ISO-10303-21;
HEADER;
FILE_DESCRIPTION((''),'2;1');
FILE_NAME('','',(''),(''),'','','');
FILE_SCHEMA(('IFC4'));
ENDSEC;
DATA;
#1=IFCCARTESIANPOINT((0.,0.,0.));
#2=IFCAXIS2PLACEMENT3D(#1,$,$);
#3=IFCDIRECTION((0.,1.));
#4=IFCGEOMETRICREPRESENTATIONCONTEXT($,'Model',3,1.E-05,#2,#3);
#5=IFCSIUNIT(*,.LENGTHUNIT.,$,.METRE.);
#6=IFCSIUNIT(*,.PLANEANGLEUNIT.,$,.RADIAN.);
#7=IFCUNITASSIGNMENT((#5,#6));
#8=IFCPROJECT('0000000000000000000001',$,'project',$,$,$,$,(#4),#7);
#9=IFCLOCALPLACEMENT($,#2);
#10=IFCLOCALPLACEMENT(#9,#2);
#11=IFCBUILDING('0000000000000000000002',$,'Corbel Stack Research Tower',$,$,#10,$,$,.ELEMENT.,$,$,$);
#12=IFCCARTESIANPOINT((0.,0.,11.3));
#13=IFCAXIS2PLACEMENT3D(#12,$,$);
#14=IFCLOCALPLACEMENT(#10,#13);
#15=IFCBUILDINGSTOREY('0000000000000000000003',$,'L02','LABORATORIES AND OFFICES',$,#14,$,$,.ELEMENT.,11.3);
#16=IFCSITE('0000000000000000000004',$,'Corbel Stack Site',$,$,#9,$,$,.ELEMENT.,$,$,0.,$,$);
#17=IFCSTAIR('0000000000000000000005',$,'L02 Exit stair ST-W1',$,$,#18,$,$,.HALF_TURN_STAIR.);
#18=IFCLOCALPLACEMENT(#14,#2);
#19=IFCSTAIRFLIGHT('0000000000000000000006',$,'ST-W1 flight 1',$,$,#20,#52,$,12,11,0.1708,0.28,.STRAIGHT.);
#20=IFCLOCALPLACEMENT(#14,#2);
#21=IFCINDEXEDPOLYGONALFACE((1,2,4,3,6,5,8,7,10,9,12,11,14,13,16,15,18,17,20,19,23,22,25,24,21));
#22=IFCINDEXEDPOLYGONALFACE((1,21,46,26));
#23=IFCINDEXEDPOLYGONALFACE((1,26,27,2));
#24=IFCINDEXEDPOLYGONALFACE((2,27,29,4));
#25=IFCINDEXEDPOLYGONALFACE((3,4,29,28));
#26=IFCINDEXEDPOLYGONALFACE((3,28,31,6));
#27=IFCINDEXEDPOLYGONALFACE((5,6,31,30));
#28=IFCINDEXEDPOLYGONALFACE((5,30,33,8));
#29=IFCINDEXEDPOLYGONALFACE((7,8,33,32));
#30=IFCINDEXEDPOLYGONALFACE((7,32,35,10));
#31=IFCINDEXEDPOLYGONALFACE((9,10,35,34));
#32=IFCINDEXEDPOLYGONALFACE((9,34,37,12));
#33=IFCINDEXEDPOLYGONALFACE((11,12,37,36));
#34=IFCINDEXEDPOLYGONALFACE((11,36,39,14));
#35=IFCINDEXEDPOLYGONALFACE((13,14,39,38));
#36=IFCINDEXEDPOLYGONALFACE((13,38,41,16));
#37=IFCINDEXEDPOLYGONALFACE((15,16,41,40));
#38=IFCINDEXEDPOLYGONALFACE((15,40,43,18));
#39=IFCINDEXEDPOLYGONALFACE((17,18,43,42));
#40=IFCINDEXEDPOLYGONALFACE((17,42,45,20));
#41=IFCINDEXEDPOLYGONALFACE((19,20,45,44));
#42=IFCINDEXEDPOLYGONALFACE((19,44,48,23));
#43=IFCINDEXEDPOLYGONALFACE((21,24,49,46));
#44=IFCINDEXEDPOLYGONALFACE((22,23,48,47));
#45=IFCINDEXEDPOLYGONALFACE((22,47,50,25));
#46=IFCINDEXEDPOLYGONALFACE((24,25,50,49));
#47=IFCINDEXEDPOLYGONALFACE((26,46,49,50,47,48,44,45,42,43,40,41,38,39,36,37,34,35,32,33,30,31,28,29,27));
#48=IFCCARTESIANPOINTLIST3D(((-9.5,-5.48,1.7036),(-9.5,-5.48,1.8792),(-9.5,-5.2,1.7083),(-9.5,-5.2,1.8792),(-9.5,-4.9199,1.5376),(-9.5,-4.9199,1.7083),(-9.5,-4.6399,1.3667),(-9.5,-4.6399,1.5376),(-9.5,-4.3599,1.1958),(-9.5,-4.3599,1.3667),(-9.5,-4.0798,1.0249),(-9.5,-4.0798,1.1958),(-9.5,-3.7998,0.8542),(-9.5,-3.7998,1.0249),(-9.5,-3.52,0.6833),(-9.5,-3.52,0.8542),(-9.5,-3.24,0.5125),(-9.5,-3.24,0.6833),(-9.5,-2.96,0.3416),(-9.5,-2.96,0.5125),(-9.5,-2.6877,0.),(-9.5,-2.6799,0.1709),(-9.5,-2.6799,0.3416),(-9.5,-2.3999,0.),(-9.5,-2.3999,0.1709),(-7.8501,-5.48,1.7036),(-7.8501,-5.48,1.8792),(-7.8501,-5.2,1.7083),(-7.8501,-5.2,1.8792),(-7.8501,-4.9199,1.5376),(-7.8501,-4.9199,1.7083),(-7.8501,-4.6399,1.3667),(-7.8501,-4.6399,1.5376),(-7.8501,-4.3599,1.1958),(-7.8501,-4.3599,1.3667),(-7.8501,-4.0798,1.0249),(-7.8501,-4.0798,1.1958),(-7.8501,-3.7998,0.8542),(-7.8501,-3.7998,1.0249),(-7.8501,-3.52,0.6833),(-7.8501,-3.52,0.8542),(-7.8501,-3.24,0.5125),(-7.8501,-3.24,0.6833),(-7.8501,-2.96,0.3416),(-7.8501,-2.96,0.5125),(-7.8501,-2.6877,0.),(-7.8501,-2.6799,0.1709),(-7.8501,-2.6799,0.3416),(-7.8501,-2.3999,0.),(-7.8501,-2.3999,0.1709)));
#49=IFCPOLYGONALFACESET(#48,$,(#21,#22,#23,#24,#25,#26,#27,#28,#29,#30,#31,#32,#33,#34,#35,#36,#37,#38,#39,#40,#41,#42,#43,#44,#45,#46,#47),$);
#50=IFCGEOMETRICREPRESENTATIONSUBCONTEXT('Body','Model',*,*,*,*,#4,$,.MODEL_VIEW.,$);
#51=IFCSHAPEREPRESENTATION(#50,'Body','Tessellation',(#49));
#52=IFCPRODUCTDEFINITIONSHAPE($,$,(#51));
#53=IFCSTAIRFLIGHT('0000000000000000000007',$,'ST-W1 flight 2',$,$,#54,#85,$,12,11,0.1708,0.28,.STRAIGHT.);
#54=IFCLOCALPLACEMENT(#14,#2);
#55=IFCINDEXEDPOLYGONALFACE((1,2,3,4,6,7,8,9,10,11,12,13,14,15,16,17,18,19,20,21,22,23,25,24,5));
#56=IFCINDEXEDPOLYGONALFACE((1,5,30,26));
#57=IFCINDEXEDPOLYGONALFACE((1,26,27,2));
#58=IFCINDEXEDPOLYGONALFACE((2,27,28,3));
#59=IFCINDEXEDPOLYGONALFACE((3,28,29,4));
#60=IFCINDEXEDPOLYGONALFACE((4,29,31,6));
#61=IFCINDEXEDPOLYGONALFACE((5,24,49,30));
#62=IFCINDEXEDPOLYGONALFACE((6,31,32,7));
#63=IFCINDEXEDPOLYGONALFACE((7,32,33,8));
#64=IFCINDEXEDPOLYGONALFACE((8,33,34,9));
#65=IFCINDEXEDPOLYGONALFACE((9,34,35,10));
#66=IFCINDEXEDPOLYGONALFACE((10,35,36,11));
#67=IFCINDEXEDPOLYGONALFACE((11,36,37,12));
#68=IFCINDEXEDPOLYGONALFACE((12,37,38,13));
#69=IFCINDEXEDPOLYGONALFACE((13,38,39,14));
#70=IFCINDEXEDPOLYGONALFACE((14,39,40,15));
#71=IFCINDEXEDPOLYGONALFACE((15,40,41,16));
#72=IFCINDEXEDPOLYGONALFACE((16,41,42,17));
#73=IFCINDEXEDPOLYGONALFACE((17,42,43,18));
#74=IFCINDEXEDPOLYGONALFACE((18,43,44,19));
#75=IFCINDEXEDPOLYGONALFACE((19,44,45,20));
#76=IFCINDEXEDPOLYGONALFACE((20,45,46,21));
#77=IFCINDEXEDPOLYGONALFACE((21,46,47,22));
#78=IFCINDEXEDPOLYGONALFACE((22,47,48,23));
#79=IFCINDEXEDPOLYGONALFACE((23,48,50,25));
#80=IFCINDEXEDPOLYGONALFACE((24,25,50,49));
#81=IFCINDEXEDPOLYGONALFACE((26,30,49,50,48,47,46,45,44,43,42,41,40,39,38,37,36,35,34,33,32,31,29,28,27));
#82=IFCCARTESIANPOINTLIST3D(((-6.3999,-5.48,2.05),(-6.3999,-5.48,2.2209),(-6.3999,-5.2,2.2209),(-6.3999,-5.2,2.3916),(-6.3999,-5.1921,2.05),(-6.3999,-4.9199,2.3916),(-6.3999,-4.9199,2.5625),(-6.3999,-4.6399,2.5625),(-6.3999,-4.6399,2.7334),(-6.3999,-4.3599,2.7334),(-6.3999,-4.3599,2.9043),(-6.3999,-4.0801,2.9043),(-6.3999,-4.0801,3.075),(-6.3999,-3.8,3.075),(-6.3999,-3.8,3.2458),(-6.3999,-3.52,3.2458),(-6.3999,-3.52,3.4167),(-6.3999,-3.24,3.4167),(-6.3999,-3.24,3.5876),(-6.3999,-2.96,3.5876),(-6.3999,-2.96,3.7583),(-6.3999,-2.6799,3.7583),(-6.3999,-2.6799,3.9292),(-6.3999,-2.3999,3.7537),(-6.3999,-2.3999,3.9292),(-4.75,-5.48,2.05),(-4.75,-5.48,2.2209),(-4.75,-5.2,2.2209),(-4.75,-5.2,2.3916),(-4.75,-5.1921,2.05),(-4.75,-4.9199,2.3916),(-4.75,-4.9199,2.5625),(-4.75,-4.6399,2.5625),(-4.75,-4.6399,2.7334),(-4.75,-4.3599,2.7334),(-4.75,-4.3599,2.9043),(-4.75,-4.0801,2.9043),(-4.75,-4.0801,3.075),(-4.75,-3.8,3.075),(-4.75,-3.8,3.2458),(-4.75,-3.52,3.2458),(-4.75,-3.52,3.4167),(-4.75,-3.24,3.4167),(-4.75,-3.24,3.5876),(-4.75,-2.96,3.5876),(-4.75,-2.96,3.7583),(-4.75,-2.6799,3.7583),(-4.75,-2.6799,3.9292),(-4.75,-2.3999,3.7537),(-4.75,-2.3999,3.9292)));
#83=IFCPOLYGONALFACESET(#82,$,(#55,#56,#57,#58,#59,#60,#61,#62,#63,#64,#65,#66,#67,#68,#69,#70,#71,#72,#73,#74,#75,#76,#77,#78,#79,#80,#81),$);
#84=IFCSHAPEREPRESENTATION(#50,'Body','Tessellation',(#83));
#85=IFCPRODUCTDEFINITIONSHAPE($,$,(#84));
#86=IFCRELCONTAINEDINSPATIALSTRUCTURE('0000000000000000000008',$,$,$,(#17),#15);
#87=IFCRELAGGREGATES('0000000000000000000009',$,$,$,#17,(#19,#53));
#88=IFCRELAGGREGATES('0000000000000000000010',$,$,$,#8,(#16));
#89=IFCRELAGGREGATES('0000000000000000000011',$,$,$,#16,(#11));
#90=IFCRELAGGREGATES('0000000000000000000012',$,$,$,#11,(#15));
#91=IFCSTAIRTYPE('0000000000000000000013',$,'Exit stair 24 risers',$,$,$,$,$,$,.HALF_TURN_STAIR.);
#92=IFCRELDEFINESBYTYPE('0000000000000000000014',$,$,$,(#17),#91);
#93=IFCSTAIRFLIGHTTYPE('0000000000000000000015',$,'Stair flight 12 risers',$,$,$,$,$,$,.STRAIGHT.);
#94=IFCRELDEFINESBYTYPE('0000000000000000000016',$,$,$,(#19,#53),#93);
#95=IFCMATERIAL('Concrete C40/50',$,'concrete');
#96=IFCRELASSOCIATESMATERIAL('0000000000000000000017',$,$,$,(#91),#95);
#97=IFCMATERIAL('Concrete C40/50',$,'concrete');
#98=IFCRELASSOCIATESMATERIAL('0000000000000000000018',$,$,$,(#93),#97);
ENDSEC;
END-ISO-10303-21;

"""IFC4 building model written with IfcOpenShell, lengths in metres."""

from ifc_helpers import new_model, si_unit, direction, frame, origin, place, context, subcontext, project, spatial, polyline, outline, extrude, material, type_object, element, aggregate, save


model = new_model("IFC4")

# Units and contexts
model_context = context("Model", 3, precision=1e-05, world=origin(), true_north=direction((0.0, 1.0)))
body_context = subcontext(model_context, "Body", "Model", "MODEL_VIEW")
ifc_project = project(units=[si_unit("LENGTHUNIT", "METRE"), si_unit("PLANEANGLEUNIT", "RADIAN")], contexts=[model_context])

# Site, building, storey
site_placement = place(None, origin())
site = spatial("IfcSite", under=ifc_project, at=site_placement, Name="Corbel Stack Site", CompositionType="ELEMENT", RefElevation=0.0)
building_placement = place(site_placement, origin())
building = spatial("IfcBuilding", under=site, at=building_placement, Name="Corbel Stack Research Tower", CompositionType="ELEMENT")
storey_placement = place(building_placement, frame((0.0, 0.0, 11.3)))
storey = spatial("IfcBuildingStorey", under=building, at=storey_placement, Name="L02", Description="LABORATORIES AND OFFICES", CompositionType="ELEMENT", Elevation=11.3)

# Stair, stair flights
ifc_material_1 = material(Name="Concrete C40/50", Category="concrete")
stair_type = type_object("IfcStairType", Name="Exit stair 24 risers", PredefinedType="HALF_TURN_STAIR", material=ifc_material_1)
stair_placement = place(storey_placement, origin())
stair = element("IfcStair", 1, at=stair_placement, inside=storey, type_object=stair_type, Name="L02 Exit stair ST-W1", PredefinedType="HALF_TURN_STAIR")
ifc_material_2 = material(Name="Concrete C40/50", Category="concrete")
stair_flight_type = type_object("IfcStairFlightType", Name="Stair flight 12 risers", PredefinedType="STRAIGHT", material=ifc_material_2)
stair_flight_1_placement = place(storey_placement, frame((-8.675, -2.3999, 0.0), z_axis=(0.0, 0.0, 1.0), x_axis=(0.0, -1.0, 0.0)))
stair_flight_1 = element("IfcStairFlight", 2, at=stair_flight_1_placement, type_object=stair_flight_type, Name="ST-W1 flight 1", NumberOfRisers=12, NumberOfTreads=11, PredefinedType="STRAIGHT", RiserHeight=0.1708, TreadLength=0.28, context=body_context, shape_type="SweptSolid", body=[
    extrude(outline(polyline([(0.0, 0.0), (0.0, 0.1709), (0.28, 0.1709), (0.28, 0.3416), (0.5601, 0.3416), (0.5601, 0.5125), (0.8401, 0.5125), (0.8401, 0.6833), (1.1201, 0.6833), (1.1201, 0.8542), (1.3999, 0.8542), (1.3999, 1.0249), (1.6799, 1.0249), (1.6799, 1.1958), (1.96, 1.1958), (1.96, 1.3667), (2.24, 1.3667), (2.24, 1.5376), (2.52, 1.5376), (2.52, 1.7083), (2.8, 1.7083), (2.8, 1.8792), (3.0801, 1.8792), (3.0801, 2.05), (3.0801, 1.7036), (0.2878, 0.0), (0.0, 0.0)])), frame((0.0, 0.825, 0.0), z_axis=(0.0, -1.0, 0.0), x_axis=(1.0, 0.0, 0.0)), (0.0, 0.0, 1.0), 1.6499),
])
stair_flight_2_placement = place(storey_placement, frame((-5.575, -5.48, 2.05), z_axis=(0.0, 0.0, 1.0), x_axis=(0.0, 1.0, 0.0)))
stair_flight_2 = element("IfcStairFlight", 3, at=stair_flight_2_placement, type_object=stair_flight_type, Name="ST-W1 flight 2", NumberOfRisers=12, NumberOfTreads=11, PredefinedType="STRAIGHT", RiserHeight=0.1708, TreadLength=0.28, context=body_context, shape_type="SweptSolid", body=[
    extrude(outline(polyline([(0.0, 0.0), (0.0, 0.1709), (0.28, 0.1709), (0.28, 0.3416), (0.5601, 0.3416), (0.5601, 0.5125), (0.8401, 0.5125), (0.8401, 0.6833), (1.1201, 0.6833), (1.1201, 0.8542), (1.3999, 0.8542), (1.3999, 1.0249), (1.6799, 1.0249), (1.6799, 1.1958), (1.96, 1.1958), (1.96, 1.3667), (2.24, 1.3667), (2.24, 1.5376), (2.52, 1.5376), (2.52, 1.7083), (2.8, 1.7083), (2.8, 1.8792), (3.0801, 1.8792), (3.0801, 2.05), (3.0801, 1.7036), (0.2878, 0.0), (0.0, 0.0)])), frame((0.0, 0.825, 0.0), z_axis=(0.0, -1.0, 0.0), x_axis=(1.0, 0.0, 0.0)), (0.0, 0.0, 1.0), 1.6499),
])
aggregate(stair, [stair_flight_1, stair_flight_2])

save(model, "model.ifc")
